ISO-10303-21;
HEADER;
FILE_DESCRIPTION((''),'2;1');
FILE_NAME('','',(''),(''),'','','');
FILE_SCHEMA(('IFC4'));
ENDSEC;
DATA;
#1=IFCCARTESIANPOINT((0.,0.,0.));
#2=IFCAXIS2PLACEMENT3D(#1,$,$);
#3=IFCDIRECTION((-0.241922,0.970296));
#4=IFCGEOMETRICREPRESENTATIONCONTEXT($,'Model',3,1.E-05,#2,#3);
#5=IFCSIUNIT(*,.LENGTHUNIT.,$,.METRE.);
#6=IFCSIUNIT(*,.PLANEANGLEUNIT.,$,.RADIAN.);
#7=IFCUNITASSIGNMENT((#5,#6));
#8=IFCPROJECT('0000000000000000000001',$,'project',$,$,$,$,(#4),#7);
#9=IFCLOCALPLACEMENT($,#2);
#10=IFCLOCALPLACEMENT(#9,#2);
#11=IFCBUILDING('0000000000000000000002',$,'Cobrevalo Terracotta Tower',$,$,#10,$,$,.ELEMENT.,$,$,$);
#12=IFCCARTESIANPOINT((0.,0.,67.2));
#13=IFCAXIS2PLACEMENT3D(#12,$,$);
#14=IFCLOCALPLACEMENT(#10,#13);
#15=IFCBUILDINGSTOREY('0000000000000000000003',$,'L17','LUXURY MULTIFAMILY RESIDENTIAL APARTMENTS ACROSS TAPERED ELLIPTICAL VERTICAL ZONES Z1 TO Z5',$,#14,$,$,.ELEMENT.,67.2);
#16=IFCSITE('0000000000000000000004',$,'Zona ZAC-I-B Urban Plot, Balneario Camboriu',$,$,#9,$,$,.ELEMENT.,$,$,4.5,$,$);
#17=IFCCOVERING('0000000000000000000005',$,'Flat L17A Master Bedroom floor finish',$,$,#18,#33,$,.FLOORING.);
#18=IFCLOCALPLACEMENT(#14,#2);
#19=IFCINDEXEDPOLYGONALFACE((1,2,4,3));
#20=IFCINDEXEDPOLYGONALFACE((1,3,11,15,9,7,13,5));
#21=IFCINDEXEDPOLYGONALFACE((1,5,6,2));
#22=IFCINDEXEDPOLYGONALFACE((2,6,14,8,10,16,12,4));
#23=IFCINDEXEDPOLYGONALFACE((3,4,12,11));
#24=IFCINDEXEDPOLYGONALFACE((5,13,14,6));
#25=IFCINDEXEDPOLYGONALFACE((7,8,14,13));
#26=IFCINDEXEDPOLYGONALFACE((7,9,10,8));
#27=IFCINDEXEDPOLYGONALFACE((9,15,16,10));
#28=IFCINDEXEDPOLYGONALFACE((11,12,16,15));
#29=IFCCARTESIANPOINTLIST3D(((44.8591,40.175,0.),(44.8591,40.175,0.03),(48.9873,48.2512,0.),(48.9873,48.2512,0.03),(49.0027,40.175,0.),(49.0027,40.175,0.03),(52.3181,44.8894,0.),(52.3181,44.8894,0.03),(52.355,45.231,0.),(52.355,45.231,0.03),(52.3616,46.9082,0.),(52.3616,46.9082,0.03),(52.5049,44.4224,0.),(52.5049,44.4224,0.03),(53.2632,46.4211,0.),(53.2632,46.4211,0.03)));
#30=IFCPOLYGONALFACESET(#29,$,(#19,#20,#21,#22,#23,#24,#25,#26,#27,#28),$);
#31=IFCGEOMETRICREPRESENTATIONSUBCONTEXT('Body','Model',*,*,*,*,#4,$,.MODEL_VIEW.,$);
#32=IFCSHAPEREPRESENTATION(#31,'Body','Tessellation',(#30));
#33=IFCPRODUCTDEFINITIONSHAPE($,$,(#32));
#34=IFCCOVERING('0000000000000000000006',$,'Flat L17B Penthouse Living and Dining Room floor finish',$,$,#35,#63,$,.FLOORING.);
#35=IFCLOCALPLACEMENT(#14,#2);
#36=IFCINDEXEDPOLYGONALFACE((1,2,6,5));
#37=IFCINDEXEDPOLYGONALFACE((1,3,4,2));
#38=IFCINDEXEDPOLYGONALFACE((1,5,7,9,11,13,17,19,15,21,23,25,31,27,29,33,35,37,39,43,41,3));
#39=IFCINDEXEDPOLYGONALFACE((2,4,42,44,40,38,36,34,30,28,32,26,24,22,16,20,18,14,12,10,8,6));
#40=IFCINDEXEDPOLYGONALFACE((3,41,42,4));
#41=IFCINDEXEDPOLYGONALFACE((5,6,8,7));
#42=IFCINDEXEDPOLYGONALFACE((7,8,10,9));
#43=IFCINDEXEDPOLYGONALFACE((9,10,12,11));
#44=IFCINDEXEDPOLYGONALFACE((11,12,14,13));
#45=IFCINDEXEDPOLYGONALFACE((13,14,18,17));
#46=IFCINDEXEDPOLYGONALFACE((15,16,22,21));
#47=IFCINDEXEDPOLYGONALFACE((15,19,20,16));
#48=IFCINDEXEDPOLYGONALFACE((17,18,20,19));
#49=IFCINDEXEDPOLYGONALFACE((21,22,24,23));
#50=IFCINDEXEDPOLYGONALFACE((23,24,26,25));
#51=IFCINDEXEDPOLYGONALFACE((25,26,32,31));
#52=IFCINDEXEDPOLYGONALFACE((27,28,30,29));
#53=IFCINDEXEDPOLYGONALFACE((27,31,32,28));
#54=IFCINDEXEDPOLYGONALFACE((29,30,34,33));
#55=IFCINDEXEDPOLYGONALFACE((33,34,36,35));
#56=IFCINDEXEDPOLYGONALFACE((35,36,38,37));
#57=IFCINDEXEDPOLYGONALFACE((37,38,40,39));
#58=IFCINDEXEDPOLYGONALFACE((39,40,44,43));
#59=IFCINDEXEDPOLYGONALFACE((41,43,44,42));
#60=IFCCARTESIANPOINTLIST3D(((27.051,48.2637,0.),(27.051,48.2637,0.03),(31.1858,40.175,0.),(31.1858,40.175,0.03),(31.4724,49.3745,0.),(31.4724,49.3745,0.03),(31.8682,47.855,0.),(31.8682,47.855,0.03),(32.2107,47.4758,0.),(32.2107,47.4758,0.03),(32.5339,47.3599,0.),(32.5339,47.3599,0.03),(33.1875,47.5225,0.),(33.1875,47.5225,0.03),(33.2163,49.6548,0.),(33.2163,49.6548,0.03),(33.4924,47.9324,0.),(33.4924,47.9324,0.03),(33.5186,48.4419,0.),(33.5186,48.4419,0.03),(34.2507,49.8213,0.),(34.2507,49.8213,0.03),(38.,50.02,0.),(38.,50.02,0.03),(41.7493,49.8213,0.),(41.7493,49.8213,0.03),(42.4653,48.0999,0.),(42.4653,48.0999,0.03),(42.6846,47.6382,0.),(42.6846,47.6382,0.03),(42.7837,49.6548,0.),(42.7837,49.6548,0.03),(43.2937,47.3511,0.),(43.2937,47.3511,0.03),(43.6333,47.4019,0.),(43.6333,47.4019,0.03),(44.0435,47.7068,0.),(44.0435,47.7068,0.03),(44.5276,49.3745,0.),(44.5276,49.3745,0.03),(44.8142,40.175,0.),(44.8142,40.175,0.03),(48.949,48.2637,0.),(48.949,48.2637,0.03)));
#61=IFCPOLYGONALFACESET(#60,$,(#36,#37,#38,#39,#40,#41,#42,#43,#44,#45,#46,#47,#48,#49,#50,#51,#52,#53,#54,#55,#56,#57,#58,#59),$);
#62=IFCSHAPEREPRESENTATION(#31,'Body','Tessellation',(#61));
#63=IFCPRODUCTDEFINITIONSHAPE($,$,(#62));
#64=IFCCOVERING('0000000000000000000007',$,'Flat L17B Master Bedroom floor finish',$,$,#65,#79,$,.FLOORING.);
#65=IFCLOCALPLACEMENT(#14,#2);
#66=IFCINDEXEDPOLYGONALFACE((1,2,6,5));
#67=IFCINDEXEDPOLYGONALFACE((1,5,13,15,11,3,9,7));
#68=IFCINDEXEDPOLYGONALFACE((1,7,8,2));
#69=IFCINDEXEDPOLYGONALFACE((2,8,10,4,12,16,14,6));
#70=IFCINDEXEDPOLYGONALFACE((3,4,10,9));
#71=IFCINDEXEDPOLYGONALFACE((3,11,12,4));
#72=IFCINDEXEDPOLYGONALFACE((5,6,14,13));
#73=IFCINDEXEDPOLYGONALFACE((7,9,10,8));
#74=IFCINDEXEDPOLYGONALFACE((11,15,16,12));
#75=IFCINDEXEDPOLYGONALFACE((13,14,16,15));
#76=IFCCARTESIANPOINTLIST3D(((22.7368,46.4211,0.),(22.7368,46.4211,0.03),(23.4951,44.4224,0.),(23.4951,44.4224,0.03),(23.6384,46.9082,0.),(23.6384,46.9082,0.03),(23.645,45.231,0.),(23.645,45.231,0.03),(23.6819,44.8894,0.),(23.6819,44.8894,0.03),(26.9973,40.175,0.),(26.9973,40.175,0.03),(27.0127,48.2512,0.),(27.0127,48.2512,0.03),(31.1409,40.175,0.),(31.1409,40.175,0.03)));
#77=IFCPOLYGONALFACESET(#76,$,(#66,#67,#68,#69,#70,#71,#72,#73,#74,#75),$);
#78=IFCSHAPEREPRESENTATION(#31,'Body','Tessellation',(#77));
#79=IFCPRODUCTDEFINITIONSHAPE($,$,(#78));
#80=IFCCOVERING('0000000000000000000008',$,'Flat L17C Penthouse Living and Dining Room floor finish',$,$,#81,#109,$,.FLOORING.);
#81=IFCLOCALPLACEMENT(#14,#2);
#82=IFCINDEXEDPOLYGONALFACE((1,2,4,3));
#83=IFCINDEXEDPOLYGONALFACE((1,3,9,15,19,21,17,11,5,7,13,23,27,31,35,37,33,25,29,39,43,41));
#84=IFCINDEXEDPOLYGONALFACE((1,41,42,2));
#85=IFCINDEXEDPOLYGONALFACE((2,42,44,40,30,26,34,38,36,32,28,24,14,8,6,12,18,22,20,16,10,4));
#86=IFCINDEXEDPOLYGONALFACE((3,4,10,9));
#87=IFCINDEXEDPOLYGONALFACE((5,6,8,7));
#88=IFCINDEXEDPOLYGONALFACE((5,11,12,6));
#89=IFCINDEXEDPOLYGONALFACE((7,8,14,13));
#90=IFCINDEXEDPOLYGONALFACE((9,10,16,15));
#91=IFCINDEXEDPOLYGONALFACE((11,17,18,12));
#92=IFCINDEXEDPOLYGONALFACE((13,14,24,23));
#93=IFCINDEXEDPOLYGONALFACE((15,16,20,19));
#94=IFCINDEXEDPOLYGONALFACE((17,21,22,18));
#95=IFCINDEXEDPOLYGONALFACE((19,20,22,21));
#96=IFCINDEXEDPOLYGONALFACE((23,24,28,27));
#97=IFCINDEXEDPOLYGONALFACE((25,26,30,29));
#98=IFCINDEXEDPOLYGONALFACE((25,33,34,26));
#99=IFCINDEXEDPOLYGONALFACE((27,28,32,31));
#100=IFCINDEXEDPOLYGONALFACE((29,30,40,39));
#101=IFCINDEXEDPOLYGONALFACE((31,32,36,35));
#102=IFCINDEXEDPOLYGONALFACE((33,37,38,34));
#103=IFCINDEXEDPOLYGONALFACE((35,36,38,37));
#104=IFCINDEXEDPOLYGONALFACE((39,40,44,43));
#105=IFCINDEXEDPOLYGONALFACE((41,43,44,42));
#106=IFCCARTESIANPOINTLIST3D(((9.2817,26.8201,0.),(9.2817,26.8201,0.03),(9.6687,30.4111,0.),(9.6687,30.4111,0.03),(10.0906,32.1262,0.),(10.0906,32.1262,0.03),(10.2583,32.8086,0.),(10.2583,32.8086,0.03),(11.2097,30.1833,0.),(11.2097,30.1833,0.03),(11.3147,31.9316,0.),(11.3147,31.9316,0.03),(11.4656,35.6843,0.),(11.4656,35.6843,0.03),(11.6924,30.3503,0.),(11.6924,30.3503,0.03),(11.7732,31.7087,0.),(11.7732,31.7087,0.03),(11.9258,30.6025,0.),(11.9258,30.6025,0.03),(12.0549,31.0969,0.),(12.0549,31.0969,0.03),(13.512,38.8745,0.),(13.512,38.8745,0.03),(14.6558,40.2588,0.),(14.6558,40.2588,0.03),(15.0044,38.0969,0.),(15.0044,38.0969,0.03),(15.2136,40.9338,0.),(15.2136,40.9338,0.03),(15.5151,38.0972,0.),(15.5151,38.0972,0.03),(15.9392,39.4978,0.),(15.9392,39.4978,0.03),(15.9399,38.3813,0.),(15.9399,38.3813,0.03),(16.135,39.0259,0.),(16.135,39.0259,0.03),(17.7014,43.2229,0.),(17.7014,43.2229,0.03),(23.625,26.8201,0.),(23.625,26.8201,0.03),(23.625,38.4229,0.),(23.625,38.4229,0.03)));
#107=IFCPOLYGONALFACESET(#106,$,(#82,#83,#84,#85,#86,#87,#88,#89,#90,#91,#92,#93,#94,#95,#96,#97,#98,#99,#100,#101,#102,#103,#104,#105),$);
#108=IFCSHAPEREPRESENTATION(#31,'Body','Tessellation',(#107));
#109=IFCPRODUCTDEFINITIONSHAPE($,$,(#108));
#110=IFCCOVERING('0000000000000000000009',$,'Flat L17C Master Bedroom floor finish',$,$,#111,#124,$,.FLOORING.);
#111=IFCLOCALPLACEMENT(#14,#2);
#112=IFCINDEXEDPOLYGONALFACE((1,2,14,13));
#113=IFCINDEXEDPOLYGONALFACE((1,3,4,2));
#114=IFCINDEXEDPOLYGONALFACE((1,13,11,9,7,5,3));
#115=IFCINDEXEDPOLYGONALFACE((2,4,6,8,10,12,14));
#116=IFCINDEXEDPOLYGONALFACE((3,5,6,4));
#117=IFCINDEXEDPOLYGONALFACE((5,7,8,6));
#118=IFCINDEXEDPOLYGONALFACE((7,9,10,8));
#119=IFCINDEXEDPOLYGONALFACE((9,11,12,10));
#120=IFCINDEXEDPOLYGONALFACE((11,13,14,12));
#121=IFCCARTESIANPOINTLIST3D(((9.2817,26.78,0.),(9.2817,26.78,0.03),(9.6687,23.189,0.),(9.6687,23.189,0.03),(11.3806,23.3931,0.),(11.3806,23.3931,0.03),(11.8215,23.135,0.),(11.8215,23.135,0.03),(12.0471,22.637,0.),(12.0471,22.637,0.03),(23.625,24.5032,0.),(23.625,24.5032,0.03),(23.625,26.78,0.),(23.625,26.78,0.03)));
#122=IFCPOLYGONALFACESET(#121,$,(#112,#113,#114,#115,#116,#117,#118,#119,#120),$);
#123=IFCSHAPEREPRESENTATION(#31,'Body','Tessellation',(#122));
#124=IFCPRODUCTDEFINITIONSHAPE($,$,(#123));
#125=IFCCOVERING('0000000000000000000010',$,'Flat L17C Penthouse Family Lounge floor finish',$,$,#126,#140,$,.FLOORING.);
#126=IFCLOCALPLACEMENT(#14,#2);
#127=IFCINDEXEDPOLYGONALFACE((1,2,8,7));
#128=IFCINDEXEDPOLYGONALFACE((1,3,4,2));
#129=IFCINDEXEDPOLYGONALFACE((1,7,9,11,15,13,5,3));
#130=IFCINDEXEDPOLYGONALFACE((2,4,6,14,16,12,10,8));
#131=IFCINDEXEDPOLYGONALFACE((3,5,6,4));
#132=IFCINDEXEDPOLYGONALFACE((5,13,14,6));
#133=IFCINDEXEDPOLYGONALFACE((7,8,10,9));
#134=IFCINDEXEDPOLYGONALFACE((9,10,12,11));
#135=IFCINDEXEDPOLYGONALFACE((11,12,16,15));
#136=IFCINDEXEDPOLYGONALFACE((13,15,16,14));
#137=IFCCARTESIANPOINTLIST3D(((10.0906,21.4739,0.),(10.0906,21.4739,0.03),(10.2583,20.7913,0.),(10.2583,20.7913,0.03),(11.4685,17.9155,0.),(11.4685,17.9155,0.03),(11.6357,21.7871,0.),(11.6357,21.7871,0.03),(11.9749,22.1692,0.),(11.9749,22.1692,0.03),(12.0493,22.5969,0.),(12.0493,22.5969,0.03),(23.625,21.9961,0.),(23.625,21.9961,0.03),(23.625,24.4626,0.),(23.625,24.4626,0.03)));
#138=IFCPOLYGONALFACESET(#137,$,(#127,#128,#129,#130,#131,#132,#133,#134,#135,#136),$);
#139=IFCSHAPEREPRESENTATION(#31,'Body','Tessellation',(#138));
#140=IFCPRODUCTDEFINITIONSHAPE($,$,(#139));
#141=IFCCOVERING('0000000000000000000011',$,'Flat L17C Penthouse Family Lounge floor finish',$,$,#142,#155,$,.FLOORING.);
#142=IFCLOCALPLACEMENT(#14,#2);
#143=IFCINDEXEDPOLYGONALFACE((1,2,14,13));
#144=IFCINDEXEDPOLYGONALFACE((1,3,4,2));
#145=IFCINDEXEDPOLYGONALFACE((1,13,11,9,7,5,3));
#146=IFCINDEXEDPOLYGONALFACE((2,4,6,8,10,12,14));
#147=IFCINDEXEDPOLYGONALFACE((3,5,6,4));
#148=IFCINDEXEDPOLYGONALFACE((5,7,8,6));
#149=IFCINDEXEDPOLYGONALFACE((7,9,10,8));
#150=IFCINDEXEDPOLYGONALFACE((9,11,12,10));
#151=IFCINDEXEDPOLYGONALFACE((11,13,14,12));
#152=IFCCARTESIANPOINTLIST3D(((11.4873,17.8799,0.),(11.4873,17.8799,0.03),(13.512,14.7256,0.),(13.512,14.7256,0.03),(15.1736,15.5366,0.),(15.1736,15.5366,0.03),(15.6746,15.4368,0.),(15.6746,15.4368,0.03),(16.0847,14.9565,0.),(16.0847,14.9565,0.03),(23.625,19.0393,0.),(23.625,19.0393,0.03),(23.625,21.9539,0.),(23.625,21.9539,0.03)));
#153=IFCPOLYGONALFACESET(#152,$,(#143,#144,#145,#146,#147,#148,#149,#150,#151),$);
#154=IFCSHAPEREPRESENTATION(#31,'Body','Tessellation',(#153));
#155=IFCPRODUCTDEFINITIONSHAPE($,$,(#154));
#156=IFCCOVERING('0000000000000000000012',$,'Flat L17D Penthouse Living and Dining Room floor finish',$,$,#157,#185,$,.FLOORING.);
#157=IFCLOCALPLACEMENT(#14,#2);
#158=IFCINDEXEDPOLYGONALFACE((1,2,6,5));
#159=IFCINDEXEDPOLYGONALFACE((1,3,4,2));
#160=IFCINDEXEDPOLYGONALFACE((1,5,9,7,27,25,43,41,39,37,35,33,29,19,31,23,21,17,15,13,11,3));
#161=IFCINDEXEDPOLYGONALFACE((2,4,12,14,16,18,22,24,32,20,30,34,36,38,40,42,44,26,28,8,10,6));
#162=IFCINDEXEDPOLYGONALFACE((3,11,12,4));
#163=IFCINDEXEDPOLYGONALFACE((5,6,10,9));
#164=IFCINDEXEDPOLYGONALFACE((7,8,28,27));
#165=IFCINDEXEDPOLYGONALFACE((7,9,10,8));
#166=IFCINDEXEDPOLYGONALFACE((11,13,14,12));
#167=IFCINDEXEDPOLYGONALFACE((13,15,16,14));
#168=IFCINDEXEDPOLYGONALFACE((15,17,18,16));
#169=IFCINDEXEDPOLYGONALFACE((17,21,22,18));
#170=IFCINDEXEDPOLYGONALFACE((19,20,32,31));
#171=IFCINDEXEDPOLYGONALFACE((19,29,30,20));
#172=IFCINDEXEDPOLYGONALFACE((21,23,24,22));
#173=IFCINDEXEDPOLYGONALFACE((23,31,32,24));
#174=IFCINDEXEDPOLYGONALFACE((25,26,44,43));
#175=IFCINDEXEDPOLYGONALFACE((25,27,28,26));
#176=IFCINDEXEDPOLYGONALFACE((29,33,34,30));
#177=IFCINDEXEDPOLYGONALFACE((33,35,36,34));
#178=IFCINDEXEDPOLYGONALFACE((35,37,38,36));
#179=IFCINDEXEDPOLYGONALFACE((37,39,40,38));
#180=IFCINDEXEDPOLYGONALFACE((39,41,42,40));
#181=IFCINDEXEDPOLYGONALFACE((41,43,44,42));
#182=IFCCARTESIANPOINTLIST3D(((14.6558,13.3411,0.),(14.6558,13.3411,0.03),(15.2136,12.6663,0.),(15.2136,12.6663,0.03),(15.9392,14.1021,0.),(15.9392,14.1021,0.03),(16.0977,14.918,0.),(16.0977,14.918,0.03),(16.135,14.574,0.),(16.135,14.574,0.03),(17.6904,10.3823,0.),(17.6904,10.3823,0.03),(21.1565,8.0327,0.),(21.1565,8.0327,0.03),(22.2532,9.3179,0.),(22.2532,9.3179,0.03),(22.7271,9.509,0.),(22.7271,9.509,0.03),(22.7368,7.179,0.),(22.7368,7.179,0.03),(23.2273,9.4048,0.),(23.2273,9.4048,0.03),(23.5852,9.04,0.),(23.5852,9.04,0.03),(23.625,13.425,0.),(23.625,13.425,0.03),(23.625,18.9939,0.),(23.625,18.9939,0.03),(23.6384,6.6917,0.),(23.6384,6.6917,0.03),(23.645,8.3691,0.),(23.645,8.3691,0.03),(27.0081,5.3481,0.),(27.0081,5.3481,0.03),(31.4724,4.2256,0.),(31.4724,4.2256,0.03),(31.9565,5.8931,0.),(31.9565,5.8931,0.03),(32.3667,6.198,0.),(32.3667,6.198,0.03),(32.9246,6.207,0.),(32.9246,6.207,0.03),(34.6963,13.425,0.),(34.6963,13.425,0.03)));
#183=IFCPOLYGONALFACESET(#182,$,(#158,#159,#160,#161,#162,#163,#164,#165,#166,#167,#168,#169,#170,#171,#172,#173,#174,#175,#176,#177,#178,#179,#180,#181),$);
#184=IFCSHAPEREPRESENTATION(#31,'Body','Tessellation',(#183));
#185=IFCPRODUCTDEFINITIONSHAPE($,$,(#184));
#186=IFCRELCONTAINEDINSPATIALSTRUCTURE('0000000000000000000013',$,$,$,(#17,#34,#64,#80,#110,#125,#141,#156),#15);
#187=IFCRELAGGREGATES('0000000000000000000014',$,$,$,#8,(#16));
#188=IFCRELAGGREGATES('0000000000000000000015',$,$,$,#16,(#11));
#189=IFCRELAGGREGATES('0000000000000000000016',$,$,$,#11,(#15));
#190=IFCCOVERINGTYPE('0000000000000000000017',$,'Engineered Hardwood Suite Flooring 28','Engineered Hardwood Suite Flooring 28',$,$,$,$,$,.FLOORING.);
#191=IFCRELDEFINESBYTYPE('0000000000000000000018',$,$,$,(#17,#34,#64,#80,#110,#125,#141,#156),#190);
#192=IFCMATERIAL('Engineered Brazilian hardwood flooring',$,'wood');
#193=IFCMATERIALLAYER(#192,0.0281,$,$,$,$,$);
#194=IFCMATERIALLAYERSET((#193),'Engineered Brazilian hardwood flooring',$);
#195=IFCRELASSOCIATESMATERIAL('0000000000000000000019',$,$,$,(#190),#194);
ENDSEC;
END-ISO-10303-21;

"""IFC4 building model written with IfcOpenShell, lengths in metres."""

from ifc_helpers import new_model, si_unit, direction, frame, origin, place, context, subcontext, project, spatial, polyline, outline, extrude, material, layer, layer_set, type_object, element, save


model = new_model("IFC4")

# Units and contexts
model_context = context("Model", 3, precision=1e-05, world=origin(), true_north=direction((-0.241922, 0.970296)))
body_context = subcontext(model_context, "Body", "Model", "MODEL_VIEW")
ifc_project = project(units=[si_unit("LENGTHUNIT", "METRE"), si_unit("PLANEANGLEUNIT", "RADIAN")], contexts=[model_context])

# Site, building, storey
site_placement = place(None, origin())
site = spatial("IfcSite", under=ifc_project, at=site_placement, Name="Zona ZAC-I-B Urban Plot, Balneario Camboriu", CompositionType="ELEMENT", RefElevation=4.5)
building_placement = place(site_placement, origin())
building = spatial("IfcBuilding", under=site, at=building_placement, Name="Cobrevalo Terracotta Tower", CompositionType="ELEMENT")
storey_placement = place(building_placement, frame((0.0, 0.0, 67.2)))
storey = spatial("IfcBuildingStorey", under=building, at=storey_placement, Name="L17", Description="LUXURY MULTIFAMILY RESIDENTIAL APARTMENTS ACROSS TAPERED ELLIPTICAL VERTICAL ZONES Z1 TO Z5", CompositionType="ELEMENT", Elevation=67.2)

# Coverings
ifc_material_1 = material(Name="Engineered Brazilian hardwood flooring", Category="wood")
ifc_layer_1 = layer(ifc_material_1, 0.0281)
ifc_layer_set_1 = layer_set([ifc_layer_1], Name="Engineered Brazilian hardwood flooring")
covering_type_1 = type_object("IfcCoveringType", Name="Engineered Hardwood Suite Flooring 28", Description="Engineered Hardwood Suite Flooring 28", PredefinedType="FLOORING", material=ifc_layer_set_1)
covering_1_placement = place(storey_placement, origin())
element("IfcCovering", 1, at=covering_1_placement, inside=storey, type_object=covering_type_1, Name="Flat L17A Master Bedroom floor finish", PredefinedType="FLOORING", context=body_context, shape_type="SweptSolid", body=[
    extrude(outline(polyline([(49.0027, 40.175), (44.8591, 40.175), (48.9873, 48.2512), (52.3616, 46.9082), (53.2632, 46.4211), (52.355, 45.231), (52.3181, 44.8894), (52.5049, 44.4224), (49.0027, 40.175)])), origin(), (0.0, 0.0, 1.0), 0.03),
])
covering_2_placement = place(storey_placement, origin())
element("IfcCovering", 2, at=covering_2_placement, inside=storey, type_object=covering_type_1, Name="Flat L17B Penthouse Living and Dining Room floor finish", PredefinedType="FLOORING", context=body_context, shape_type="SweptSolid", body=[
    extrude(outline(polyline([(31.4724, 49.3745), (31.8682, 47.855), (32.2107, 47.4758), (32.5339, 47.3599), (33.1875, 47.5225), (33.4924, 47.9324), (33.5186, 48.4419), (33.2163, 49.6548), (34.2507, 49.8213), (38.0, 50.02), (41.7493, 49.8213), (42.7837, 49.6548), (42.4653, 48.0999), (42.6846, 47.6382), (43.2937, 47.3511), (43.6333, 47.4019), (44.0435, 47.7068), (44.5276, 49.3745), (48.949, 48.2637), (44.8142, 40.175), (31.1858, 40.175), (27.051, 48.2637), (31.4724, 49.3745)])), origin(), (0.0, 0.0, 1.0), 0.03),
])
covering_3_placement = place(storey_placement, origin())
element("IfcCovering", 3, at=covering_3_placement, inside=storey, type_object=covering_type_1, Name="Flat L17B Master Bedroom floor finish", PredefinedType="FLOORING", context=body_context, shape_type="SweptSolid", body=[
    extrude(outline(polyline([(23.4951, 44.4224), (23.6819, 44.8894), (23.645, 45.231), (22.7368, 46.4211), (23.6384, 46.9082), (27.0127, 48.2512), (31.1409, 40.175), (26.9973, 40.175), (23.4951, 44.4224)])), origin(), (0.0, 0.0, 1.0), 0.03),
])
covering_4_placement = place(storey_placement, origin())
element("IfcCovering", 4, at=covering_4_placement, inside=storey, type_object=covering_type_1, Name="Flat L17C Penthouse Living and Dining Room floor finish", PredefinedType="FLOORING", context=body_context, shape_type="SweptSolid", body=[
    extrude(outline(polyline([(9.6687, 30.4111), (11.2097, 30.1833), (11.6924, 30.3503), (11.9258, 30.6025), (12.0549, 31.0969), (11.7732, 31.7087), (11.3147, 31.9316), (10.0906, 32.1262), (10.2583, 32.8086), (11.4656, 35.6843), (13.512, 38.8745), (15.0044, 38.0969), (15.5151, 38.0972), (15.9399, 38.3813), (16.135, 39.0259), (15.9392, 39.4978), (14.6558, 40.2588), (15.2136, 40.9338), (17.7014, 43.2229), (23.625, 38.4229), (23.625, 26.8201), (9.2817, 26.8201), (9.6687, 30.4111)])), origin(), (0.0, 0.0, 1.0), 0.03),
])
covering_5_placement = place(storey_placement, origin())
element("IfcCovering", 5, at=covering_5_placement, inside=storey, type_object=covering_type_1, Name="Flat L17C Master Bedroom floor finish", PredefinedType="FLOORING", context=body_context, shape_type="SweptSolid", body=[
    extrude(outline(polyline([(9.2817, 26.78), (23.625, 26.78), (23.625, 24.5032), (12.0471, 22.637), (11.8215, 23.135), (11.3806, 23.3931), (9.6687, 23.189), (9.2817, 26.78)])), origin(), (0.0, 0.0, 1.0), 0.03),
])
covering_6_placement = place(storey_placement, origin())
element("IfcCovering", 6, at=covering_6_placement, inside=storey, type_object=covering_type_1, Name="Flat L17C Penthouse Family Lounge floor finish", PredefinedType="FLOORING", context=body_context, shape_type="SweptSolid", body=[
    extrude(outline(polyline([(10.0906, 21.4739), (11.6357, 21.7871), (11.9749, 22.1692), (12.0493, 22.5969), (23.625, 24.4626), (23.625, 21.9961), (11.4685, 17.9155), (10.2583, 20.7913), (10.0906, 21.4739)])), origin(), (0.0, 0.0, 1.0), 0.03),
])
covering_7_placement = place(storey_placement, origin())
element("IfcCovering", 7, at=covering_7_placement, inside=storey, type_object=covering_type_1, Name="Flat L17C Penthouse Family Lounge floor finish", PredefinedType="FLOORING", context=body_context, shape_type="SweptSolid", body=[
    extrude(outline(polyline([(16.0847, 14.9565), (15.6746, 15.4368), (15.1736, 15.5366), (13.512, 14.7256), (11.4873, 17.8799), (23.625, 21.9539), (23.625, 19.0393), (16.0847, 14.9565)])), origin(), (0.0, 0.0, 1.0), 0.03),
])
covering_8_placement = place(storey_placement, origin())
element("IfcCovering", 8, at=covering_8_placement, inside=storey, type_object=covering_type_1, Name="Flat L17D Penthouse Living and Dining Room floor finish", PredefinedType="FLOORING", context=body_context, shape_type="SweptSolid", body=[
    extrude(outline(polyline([(27.0081, 5.3481), (23.6384, 6.6917), (22.7368, 7.179), (23.645, 8.3691), (23.5852, 9.04), (23.2273, 9.4048), (22.7271, 9.509), (22.2532, 9.3179), (21.1565, 8.0327), (17.6904, 10.3823), (15.2136, 12.6663), (14.6558, 13.3411), (15.9392, 14.1021), (16.135, 14.574), (16.0977, 14.918), (23.625, 18.9939), (23.625, 13.425), (34.6963, 13.425), (32.9246, 6.207), (32.3667, 6.198), (31.9565, 5.8931), (31.4724, 4.2256), (27.0081, 5.3481)])), origin(), (0.0, 0.0, 1.0), 0.03),
])

save(model, "model.ifc")
